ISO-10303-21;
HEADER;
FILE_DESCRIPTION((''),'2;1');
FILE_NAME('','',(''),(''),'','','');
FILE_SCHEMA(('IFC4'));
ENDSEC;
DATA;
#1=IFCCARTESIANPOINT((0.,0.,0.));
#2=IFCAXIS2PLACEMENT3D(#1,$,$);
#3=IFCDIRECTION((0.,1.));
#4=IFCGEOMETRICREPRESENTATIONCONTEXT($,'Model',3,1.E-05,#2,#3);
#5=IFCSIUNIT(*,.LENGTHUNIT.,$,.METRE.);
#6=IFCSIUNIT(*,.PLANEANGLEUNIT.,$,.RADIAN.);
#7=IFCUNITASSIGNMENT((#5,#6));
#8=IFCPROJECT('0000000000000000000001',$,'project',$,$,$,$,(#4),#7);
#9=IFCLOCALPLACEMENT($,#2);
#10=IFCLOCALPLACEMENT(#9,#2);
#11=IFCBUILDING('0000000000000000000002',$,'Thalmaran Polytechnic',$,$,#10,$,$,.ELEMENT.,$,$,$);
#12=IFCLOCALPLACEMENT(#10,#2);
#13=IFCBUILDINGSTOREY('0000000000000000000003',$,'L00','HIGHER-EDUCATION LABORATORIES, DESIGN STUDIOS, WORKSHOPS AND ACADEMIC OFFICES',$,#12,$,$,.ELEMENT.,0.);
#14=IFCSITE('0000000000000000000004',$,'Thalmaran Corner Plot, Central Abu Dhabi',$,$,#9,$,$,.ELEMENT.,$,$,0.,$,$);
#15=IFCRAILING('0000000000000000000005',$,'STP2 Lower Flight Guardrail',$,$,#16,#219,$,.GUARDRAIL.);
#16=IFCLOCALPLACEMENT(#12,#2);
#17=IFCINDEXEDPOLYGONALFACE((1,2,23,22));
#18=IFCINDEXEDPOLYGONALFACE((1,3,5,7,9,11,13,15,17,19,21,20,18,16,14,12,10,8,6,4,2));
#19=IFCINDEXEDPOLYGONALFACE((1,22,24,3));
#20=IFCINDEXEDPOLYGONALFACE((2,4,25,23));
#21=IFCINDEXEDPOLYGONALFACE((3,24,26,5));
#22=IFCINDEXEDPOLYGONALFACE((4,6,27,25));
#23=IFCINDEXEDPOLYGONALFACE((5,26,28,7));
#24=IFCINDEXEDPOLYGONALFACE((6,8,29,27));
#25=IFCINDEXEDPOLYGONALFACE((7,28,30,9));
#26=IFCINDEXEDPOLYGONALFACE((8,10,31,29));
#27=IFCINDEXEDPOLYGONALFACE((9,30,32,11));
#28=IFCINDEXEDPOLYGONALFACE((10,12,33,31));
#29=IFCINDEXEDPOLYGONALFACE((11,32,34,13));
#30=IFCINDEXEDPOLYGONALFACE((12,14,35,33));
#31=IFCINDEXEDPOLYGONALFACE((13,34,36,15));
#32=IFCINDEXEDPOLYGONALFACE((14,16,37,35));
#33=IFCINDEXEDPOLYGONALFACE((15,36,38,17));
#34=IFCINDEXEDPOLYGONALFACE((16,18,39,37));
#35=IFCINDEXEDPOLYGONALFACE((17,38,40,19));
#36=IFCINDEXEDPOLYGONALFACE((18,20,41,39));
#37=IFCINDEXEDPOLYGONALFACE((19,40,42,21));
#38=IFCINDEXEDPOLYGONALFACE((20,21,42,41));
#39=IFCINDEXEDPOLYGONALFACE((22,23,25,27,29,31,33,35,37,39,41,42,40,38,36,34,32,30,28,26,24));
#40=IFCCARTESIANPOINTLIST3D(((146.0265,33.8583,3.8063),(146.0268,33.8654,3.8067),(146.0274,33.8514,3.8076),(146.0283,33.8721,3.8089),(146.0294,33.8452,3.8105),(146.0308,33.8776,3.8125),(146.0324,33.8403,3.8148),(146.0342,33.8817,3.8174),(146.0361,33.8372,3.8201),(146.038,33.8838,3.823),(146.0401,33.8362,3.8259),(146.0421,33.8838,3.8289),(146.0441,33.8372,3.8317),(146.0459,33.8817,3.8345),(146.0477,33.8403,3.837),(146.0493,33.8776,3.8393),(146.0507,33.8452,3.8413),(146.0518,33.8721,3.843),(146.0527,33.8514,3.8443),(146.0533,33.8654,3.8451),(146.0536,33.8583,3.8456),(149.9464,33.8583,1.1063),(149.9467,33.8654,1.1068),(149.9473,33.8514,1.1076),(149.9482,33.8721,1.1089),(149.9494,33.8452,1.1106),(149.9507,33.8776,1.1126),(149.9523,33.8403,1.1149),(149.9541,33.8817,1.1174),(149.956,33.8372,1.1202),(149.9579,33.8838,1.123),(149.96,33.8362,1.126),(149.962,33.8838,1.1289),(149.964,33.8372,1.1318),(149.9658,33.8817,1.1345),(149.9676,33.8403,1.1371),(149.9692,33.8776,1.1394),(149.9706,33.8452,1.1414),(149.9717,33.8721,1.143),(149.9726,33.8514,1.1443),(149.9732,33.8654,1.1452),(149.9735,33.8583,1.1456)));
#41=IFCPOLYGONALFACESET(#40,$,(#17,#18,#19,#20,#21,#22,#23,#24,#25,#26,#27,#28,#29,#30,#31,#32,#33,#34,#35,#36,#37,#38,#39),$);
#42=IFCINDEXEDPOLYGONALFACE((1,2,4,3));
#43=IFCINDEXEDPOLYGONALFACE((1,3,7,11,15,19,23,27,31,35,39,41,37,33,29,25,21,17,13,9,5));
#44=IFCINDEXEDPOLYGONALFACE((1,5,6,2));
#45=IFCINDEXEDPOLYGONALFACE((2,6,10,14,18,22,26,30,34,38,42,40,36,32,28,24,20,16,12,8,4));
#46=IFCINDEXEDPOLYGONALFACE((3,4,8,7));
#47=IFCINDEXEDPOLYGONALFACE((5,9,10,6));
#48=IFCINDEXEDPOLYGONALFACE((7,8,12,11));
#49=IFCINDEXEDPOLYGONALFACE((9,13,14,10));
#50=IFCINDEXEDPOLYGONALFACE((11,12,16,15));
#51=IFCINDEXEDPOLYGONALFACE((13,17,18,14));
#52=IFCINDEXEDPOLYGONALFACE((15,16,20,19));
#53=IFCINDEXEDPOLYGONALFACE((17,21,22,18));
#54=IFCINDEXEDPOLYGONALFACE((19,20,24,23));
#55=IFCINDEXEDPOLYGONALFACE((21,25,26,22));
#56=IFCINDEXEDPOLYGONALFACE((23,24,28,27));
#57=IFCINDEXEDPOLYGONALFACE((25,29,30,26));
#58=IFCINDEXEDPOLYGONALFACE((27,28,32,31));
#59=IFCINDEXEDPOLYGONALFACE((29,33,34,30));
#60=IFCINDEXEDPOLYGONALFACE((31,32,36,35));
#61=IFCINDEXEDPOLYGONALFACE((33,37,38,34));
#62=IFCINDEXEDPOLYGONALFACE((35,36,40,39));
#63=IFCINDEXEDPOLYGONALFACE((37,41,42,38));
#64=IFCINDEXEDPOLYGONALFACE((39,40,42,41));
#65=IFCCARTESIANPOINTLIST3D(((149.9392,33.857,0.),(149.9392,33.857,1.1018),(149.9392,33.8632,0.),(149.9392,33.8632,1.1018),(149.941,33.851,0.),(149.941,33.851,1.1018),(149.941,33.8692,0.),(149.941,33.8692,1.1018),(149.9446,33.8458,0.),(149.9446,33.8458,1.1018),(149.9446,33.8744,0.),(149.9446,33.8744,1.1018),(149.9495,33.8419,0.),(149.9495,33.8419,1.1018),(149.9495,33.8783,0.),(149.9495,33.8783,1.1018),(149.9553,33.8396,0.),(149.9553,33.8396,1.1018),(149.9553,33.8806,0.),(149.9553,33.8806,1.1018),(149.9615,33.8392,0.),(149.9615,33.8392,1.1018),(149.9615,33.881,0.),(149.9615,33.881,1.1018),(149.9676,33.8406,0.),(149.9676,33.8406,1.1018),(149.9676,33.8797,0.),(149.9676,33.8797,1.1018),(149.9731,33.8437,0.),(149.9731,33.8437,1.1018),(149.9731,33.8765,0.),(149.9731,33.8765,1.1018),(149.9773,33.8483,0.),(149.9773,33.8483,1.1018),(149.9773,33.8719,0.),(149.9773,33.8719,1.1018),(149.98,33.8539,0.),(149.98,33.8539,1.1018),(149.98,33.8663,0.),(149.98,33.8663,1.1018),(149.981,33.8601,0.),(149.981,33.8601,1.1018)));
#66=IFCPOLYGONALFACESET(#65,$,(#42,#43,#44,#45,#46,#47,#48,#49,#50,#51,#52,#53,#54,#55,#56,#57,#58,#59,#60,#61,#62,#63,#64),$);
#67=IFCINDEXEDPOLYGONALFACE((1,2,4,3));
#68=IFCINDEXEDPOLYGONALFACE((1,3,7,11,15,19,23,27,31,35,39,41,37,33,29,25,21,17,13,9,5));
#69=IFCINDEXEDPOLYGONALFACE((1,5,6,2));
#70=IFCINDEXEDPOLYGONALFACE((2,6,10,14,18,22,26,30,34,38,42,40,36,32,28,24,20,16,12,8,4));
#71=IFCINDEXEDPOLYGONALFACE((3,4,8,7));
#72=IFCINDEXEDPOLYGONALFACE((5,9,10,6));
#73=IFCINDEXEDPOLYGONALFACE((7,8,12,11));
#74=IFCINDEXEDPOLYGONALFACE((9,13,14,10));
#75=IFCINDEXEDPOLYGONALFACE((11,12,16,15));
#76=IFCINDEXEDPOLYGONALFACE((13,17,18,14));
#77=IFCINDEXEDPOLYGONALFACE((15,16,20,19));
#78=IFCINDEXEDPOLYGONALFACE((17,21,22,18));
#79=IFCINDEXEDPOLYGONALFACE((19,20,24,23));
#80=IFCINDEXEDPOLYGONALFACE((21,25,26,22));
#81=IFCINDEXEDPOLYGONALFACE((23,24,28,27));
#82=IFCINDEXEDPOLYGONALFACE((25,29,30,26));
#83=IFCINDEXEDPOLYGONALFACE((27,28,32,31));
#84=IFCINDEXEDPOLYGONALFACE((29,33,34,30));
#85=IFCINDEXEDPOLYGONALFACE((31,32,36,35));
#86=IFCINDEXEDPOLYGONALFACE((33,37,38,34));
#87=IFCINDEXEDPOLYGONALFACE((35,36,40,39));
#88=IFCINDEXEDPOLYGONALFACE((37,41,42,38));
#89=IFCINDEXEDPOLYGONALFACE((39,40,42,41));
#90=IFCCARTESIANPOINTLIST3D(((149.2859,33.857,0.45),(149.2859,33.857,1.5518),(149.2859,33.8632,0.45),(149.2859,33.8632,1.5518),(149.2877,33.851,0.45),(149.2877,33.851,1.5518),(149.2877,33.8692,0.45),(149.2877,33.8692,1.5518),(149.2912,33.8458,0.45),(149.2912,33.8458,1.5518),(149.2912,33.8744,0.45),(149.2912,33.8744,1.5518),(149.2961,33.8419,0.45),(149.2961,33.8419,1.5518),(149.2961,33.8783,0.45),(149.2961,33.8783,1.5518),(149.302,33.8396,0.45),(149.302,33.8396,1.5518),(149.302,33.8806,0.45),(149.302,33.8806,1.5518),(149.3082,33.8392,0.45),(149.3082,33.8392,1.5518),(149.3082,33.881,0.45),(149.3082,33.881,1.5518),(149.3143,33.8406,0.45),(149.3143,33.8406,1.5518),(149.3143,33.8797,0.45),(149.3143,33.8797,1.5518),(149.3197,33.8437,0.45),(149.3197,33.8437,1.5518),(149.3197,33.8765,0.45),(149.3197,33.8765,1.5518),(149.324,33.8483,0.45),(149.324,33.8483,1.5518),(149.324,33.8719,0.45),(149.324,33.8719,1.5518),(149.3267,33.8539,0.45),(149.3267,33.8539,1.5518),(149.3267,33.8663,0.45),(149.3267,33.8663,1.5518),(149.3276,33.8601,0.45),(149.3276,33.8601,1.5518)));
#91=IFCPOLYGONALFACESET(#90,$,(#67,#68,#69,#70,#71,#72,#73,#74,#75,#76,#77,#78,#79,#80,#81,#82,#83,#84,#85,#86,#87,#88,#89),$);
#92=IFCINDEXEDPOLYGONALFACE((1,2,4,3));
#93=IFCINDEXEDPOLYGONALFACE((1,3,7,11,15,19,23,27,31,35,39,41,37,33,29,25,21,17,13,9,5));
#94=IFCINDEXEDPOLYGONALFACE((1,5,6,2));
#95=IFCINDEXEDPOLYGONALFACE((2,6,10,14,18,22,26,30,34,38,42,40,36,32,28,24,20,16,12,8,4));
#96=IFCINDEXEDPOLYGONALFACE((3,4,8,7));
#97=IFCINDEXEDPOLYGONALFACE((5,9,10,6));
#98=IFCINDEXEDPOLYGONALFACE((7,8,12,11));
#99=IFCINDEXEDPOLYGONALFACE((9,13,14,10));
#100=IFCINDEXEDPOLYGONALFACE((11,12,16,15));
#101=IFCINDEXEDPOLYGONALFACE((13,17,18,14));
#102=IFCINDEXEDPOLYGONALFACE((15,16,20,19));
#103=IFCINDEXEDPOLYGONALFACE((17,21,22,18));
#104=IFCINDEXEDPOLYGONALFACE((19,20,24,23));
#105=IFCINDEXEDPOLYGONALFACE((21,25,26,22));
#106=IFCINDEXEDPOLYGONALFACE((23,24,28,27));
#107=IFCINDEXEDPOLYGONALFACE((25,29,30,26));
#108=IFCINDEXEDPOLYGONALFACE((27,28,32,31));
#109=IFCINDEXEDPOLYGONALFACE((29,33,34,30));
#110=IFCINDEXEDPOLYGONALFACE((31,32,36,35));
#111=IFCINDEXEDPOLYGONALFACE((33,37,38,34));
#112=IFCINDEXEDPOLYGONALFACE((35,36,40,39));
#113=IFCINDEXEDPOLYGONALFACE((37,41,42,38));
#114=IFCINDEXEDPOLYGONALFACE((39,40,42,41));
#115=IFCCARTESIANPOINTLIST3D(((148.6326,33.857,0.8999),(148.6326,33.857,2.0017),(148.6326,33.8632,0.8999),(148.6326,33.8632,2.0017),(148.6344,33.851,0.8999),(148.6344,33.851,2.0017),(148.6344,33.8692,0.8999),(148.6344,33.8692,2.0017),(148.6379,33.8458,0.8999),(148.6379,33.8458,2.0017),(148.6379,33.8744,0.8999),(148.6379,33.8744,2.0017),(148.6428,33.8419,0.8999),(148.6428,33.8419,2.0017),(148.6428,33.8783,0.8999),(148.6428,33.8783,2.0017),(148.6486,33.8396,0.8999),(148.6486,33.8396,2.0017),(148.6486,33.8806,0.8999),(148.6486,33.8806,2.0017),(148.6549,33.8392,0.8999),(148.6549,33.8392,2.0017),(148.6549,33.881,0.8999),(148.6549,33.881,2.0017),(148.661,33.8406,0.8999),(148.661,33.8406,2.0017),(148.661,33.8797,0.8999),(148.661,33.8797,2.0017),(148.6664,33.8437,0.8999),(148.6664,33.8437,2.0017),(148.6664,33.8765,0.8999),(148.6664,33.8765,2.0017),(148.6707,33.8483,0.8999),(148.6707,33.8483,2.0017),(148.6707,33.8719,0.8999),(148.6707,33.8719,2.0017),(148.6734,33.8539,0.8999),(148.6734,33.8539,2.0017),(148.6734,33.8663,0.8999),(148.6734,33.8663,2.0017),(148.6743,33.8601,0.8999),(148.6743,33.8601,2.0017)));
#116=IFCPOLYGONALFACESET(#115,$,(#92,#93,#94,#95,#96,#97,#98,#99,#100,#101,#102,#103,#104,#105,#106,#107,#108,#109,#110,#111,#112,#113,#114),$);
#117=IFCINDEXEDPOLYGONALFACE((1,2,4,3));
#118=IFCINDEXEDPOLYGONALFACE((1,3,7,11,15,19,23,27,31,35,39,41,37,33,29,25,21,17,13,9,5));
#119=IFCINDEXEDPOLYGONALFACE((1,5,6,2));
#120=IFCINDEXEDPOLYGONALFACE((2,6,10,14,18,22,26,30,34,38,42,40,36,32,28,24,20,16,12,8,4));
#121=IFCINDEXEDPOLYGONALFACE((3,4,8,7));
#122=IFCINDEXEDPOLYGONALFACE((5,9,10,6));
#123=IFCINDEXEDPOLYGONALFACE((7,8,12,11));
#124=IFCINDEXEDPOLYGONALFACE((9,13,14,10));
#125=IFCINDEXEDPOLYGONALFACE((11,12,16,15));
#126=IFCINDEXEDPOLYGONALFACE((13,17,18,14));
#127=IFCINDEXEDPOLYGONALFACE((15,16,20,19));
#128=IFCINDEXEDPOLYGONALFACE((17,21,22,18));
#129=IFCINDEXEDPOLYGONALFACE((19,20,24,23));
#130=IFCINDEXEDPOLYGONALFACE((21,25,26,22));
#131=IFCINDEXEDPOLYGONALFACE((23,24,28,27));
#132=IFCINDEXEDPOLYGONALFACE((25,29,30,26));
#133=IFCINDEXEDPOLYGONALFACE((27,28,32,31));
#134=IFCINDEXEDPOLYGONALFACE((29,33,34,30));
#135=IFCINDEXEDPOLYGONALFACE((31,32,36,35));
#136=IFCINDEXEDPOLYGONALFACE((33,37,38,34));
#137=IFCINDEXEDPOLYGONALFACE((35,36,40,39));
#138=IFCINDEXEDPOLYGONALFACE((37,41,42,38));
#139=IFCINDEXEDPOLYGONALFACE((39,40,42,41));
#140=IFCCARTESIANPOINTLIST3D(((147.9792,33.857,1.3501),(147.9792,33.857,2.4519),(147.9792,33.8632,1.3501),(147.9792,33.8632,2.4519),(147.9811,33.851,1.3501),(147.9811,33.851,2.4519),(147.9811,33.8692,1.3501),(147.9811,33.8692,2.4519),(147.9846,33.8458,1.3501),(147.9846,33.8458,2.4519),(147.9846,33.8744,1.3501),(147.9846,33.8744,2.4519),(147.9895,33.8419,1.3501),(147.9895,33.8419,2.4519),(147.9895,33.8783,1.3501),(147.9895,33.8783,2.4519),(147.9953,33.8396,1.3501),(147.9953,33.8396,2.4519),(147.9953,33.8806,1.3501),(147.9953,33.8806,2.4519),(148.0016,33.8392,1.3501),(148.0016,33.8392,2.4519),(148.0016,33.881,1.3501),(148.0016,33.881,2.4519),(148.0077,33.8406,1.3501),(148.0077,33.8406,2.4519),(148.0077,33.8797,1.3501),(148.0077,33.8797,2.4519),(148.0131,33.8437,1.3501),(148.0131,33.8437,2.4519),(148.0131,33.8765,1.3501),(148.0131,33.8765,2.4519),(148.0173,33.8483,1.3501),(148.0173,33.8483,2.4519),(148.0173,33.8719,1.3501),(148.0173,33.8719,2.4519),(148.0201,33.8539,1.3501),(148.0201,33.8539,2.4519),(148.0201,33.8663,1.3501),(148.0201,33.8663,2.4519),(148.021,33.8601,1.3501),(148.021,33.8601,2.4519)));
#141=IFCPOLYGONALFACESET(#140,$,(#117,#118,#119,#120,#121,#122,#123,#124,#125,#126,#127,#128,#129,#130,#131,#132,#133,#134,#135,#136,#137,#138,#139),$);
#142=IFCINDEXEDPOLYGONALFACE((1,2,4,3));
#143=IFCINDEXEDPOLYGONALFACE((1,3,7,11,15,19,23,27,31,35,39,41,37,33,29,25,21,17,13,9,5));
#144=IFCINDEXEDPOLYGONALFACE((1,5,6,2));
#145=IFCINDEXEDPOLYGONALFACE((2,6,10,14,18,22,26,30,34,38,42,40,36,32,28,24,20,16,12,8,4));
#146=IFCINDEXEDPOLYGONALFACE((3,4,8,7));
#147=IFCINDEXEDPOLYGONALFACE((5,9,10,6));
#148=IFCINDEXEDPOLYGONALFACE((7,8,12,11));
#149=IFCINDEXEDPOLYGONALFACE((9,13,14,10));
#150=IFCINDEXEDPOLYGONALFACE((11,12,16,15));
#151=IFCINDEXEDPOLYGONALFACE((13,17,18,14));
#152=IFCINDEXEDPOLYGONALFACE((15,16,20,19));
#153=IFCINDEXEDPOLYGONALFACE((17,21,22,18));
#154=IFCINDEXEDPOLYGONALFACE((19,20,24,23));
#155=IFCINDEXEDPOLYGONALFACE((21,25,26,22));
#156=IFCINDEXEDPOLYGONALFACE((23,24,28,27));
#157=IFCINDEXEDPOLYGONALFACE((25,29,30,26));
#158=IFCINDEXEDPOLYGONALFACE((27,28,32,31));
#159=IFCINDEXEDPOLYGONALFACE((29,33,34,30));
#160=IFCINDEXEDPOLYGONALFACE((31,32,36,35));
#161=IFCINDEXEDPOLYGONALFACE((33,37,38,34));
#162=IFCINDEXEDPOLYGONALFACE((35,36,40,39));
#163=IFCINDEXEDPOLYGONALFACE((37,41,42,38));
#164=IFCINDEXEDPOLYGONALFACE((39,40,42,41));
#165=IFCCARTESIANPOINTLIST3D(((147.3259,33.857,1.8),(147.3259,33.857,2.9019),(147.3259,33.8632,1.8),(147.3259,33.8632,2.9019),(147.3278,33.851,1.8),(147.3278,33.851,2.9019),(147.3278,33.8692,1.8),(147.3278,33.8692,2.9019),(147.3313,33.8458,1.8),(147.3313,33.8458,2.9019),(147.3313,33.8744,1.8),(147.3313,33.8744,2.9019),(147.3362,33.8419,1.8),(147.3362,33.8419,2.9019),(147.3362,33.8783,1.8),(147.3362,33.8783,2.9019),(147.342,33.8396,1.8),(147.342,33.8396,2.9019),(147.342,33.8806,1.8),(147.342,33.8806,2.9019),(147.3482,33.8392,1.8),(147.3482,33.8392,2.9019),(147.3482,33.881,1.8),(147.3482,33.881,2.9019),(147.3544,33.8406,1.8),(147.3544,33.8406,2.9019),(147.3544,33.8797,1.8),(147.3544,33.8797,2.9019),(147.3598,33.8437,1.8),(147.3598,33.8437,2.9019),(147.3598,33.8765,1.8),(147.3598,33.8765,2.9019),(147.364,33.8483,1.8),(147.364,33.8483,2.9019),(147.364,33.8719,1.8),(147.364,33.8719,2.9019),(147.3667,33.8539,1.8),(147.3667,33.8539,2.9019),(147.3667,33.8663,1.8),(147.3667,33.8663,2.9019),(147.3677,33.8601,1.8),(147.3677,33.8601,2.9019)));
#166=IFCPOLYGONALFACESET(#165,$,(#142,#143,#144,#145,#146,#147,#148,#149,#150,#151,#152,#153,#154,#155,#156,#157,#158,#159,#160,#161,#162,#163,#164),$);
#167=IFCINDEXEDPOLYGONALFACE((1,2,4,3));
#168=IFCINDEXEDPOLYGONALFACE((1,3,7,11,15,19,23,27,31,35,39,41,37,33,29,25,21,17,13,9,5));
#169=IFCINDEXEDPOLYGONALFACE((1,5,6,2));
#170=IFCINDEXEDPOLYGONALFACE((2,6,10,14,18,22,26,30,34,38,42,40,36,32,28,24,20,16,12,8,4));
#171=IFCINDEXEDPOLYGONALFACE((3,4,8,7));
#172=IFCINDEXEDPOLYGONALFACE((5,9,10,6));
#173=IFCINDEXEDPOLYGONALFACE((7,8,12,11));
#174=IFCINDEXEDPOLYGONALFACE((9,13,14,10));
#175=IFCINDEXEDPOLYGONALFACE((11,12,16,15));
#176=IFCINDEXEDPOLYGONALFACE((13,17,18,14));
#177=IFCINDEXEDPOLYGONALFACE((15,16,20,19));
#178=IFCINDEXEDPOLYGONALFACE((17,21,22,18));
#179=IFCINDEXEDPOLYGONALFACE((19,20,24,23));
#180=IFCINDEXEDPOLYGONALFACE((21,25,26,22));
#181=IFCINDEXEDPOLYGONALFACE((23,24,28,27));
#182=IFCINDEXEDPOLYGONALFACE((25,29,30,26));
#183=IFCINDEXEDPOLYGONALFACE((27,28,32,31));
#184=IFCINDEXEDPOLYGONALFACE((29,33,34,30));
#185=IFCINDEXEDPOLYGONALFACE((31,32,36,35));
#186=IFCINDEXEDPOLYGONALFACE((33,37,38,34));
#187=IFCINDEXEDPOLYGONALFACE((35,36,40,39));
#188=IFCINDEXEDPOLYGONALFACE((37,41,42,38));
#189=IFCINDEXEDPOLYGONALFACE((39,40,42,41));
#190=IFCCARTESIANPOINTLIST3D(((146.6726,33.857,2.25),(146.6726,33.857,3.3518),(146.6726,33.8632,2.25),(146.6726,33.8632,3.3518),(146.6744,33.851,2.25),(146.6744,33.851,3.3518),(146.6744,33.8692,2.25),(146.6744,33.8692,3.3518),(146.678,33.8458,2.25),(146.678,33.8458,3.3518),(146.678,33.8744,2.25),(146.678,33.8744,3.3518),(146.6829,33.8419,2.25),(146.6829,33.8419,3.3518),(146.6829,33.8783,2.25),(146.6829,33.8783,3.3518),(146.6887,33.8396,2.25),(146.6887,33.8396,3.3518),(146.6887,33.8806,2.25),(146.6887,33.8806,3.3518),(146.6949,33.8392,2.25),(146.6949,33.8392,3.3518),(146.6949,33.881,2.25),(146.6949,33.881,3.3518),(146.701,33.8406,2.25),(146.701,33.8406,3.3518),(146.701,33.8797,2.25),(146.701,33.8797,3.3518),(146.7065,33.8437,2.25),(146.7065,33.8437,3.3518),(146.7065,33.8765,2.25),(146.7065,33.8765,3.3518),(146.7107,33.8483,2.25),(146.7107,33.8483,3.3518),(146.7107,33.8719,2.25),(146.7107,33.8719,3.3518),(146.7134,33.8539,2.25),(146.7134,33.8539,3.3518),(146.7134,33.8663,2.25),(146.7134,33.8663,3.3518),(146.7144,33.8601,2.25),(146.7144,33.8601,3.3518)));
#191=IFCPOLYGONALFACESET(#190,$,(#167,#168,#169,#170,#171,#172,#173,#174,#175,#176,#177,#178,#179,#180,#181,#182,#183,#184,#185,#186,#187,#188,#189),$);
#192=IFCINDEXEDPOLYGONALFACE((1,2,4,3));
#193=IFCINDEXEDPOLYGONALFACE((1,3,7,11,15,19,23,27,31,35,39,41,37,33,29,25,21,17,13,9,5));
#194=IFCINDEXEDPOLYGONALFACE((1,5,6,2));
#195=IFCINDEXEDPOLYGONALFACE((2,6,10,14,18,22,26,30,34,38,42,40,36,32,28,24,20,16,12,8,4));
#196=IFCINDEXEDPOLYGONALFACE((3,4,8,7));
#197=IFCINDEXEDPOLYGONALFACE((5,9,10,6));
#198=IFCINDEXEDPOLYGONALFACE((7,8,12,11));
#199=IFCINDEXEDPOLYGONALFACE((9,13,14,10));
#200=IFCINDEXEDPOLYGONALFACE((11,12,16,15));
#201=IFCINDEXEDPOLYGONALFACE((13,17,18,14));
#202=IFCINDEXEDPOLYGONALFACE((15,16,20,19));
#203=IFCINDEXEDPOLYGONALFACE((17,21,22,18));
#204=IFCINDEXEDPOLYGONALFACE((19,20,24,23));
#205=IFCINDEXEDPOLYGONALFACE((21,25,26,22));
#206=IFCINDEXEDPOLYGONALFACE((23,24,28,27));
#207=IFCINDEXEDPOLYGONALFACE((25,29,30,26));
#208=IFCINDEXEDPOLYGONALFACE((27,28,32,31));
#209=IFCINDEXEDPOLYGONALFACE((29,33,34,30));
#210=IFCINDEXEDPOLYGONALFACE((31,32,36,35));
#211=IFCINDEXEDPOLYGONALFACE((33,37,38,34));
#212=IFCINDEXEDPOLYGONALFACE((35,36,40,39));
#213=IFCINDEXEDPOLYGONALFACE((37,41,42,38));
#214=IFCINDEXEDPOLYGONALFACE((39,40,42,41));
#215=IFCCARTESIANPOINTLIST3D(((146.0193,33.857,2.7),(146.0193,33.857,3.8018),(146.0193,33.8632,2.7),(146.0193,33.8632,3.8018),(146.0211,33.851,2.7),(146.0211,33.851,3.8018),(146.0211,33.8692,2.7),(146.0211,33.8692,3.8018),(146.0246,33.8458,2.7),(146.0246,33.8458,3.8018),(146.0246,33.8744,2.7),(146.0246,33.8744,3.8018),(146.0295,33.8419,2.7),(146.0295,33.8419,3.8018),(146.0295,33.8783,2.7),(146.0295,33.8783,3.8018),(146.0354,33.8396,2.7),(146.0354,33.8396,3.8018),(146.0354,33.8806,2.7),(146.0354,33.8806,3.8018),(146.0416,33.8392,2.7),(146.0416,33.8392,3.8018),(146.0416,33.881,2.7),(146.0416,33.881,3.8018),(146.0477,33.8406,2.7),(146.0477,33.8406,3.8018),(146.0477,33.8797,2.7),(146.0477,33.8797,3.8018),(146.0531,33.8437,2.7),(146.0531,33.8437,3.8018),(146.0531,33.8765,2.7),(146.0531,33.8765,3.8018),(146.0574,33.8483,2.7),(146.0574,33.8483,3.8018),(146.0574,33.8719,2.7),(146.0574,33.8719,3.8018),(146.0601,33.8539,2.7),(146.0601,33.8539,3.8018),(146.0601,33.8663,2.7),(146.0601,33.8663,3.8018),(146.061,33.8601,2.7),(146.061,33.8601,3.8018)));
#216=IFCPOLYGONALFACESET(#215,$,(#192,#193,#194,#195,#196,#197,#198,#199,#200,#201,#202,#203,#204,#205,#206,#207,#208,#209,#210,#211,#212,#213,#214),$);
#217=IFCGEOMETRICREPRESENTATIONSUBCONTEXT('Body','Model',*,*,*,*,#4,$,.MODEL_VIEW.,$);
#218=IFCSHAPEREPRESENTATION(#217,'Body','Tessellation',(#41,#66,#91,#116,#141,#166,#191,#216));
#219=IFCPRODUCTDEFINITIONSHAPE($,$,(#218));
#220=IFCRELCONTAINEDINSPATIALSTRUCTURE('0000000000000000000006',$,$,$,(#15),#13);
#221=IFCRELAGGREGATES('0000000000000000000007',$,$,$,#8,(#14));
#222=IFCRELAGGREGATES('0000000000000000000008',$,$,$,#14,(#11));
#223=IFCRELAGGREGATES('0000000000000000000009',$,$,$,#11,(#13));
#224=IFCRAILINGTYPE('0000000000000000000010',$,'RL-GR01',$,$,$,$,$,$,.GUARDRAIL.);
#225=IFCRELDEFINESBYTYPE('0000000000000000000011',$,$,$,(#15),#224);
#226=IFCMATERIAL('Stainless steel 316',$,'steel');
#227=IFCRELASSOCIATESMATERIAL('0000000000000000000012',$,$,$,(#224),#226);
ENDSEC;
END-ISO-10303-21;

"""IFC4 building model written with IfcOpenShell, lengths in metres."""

from ifc_helpers import new_model, si_unit, direction, frame, origin, origin_2d, place, context, subcontext, project, spatial, circle, extrude, material, type_object, element, save


model = new_model("IFC4")

# Units and contexts
model_context = context("Model", 3, precision=1e-05, world=origin(), true_north=direction((0.0, 1.0)))
body_context = subcontext(model_context, "Body", "Model", "MODEL_VIEW")
ifc_project = project(units=[si_unit("LENGTHUNIT", "METRE"), si_unit("PLANEANGLEUNIT", "RADIAN")], contexts=[model_context])

# Site, building, storey
site_placement = place(None, origin())
site = spatial("IfcSite", under=ifc_project, at=site_placement, Name="Thalmaran Corner Plot, Central Abu Dhabi", CompositionType="ELEMENT", RefElevation=0.0)
building_placement = place(site_placement, origin())
building = spatial("IfcBuilding", under=site, at=building_placement, Name="Thalmaran Polytechnic", CompositionType="ELEMENT")
storey_placement = place(building_placement, origin())
storey = spatial("IfcBuildingStorey", under=building, at=storey_placement, Name="L00", Description="HIGHER-EDUCATION LABORATORIES, DESIGN STUDIOS, WORKSHOPS AND ACADEMIC OFFICES", CompositionType="ELEMENT", Elevation=0.0)

# Railing
ifc_material_1 = material(Name="Stainless steel 316", Category="steel")
railing_type = type_object("IfcRailingType", Name="RL-GR01", PredefinedType="GUARDRAIL", material=ifc_material_1)
railing_1_placement = place(storey_placement, frame((149.96, 33.8601, 0.0)))
element("IfcRailing", 1, at=railing_1_placement, inside=storey, type_object=railing_type, Name="STP2 Lower Flight Guardrail", PredefinedType="GUARDRAIL", context=body_context, shape_type="SweptSolid", body=[
    extrude(circle(Radius=0.0239, at=origin_2d()), frame((0.0, 0.0, 1.126), z_axis=(-0.823551, 0.0, 0.567243), x_axis=(0.0, -1.0, 0.0)), (0.0, 0.0, 1.0), 4.7598),
    extrude(circle(Radius=0.021, at=origin_2d()), origin(), (0.0, 0.0, 1.0), 1.1018),
    extrude(circle(Radius=0.021, at=origin_2d()), frame((-0.6533, 0.0, 0.45)), (0.0, 0.0, 1.0), 1.1018),
    extrude(circle(Radius=0.021, at=origin_2d()), frame((-1.3066, 0.0, 0.8999)), (0.0, 0.0, 1.0), 1.1018),
    extrude(circle(Radius=0.021, at=origin_2d()), frame((-1.96, 0.0, 1.3501)), (0.0, 0.0, 1.0), 1.1018),
    extrude(circle(Radius=0.021, at=origin_2d()), frame((-2.6133, 0.0, 1.8)), (0.0, 0.0, 1.0), 1.1018),
    extrude(circle(Radius=0.021, at=origin_2d()), frame((-3.2666, 0.0, 2.25)), (0.0, 0.0, 1.0), 1.1018),
    extrude(circle(Radius=0.021, at=origin_2d()), frame((-3.9199, 0.0, 2.7)), (0.0, 0.0, 1.0), 1.1018),
])

save(model, "model.ifc")
